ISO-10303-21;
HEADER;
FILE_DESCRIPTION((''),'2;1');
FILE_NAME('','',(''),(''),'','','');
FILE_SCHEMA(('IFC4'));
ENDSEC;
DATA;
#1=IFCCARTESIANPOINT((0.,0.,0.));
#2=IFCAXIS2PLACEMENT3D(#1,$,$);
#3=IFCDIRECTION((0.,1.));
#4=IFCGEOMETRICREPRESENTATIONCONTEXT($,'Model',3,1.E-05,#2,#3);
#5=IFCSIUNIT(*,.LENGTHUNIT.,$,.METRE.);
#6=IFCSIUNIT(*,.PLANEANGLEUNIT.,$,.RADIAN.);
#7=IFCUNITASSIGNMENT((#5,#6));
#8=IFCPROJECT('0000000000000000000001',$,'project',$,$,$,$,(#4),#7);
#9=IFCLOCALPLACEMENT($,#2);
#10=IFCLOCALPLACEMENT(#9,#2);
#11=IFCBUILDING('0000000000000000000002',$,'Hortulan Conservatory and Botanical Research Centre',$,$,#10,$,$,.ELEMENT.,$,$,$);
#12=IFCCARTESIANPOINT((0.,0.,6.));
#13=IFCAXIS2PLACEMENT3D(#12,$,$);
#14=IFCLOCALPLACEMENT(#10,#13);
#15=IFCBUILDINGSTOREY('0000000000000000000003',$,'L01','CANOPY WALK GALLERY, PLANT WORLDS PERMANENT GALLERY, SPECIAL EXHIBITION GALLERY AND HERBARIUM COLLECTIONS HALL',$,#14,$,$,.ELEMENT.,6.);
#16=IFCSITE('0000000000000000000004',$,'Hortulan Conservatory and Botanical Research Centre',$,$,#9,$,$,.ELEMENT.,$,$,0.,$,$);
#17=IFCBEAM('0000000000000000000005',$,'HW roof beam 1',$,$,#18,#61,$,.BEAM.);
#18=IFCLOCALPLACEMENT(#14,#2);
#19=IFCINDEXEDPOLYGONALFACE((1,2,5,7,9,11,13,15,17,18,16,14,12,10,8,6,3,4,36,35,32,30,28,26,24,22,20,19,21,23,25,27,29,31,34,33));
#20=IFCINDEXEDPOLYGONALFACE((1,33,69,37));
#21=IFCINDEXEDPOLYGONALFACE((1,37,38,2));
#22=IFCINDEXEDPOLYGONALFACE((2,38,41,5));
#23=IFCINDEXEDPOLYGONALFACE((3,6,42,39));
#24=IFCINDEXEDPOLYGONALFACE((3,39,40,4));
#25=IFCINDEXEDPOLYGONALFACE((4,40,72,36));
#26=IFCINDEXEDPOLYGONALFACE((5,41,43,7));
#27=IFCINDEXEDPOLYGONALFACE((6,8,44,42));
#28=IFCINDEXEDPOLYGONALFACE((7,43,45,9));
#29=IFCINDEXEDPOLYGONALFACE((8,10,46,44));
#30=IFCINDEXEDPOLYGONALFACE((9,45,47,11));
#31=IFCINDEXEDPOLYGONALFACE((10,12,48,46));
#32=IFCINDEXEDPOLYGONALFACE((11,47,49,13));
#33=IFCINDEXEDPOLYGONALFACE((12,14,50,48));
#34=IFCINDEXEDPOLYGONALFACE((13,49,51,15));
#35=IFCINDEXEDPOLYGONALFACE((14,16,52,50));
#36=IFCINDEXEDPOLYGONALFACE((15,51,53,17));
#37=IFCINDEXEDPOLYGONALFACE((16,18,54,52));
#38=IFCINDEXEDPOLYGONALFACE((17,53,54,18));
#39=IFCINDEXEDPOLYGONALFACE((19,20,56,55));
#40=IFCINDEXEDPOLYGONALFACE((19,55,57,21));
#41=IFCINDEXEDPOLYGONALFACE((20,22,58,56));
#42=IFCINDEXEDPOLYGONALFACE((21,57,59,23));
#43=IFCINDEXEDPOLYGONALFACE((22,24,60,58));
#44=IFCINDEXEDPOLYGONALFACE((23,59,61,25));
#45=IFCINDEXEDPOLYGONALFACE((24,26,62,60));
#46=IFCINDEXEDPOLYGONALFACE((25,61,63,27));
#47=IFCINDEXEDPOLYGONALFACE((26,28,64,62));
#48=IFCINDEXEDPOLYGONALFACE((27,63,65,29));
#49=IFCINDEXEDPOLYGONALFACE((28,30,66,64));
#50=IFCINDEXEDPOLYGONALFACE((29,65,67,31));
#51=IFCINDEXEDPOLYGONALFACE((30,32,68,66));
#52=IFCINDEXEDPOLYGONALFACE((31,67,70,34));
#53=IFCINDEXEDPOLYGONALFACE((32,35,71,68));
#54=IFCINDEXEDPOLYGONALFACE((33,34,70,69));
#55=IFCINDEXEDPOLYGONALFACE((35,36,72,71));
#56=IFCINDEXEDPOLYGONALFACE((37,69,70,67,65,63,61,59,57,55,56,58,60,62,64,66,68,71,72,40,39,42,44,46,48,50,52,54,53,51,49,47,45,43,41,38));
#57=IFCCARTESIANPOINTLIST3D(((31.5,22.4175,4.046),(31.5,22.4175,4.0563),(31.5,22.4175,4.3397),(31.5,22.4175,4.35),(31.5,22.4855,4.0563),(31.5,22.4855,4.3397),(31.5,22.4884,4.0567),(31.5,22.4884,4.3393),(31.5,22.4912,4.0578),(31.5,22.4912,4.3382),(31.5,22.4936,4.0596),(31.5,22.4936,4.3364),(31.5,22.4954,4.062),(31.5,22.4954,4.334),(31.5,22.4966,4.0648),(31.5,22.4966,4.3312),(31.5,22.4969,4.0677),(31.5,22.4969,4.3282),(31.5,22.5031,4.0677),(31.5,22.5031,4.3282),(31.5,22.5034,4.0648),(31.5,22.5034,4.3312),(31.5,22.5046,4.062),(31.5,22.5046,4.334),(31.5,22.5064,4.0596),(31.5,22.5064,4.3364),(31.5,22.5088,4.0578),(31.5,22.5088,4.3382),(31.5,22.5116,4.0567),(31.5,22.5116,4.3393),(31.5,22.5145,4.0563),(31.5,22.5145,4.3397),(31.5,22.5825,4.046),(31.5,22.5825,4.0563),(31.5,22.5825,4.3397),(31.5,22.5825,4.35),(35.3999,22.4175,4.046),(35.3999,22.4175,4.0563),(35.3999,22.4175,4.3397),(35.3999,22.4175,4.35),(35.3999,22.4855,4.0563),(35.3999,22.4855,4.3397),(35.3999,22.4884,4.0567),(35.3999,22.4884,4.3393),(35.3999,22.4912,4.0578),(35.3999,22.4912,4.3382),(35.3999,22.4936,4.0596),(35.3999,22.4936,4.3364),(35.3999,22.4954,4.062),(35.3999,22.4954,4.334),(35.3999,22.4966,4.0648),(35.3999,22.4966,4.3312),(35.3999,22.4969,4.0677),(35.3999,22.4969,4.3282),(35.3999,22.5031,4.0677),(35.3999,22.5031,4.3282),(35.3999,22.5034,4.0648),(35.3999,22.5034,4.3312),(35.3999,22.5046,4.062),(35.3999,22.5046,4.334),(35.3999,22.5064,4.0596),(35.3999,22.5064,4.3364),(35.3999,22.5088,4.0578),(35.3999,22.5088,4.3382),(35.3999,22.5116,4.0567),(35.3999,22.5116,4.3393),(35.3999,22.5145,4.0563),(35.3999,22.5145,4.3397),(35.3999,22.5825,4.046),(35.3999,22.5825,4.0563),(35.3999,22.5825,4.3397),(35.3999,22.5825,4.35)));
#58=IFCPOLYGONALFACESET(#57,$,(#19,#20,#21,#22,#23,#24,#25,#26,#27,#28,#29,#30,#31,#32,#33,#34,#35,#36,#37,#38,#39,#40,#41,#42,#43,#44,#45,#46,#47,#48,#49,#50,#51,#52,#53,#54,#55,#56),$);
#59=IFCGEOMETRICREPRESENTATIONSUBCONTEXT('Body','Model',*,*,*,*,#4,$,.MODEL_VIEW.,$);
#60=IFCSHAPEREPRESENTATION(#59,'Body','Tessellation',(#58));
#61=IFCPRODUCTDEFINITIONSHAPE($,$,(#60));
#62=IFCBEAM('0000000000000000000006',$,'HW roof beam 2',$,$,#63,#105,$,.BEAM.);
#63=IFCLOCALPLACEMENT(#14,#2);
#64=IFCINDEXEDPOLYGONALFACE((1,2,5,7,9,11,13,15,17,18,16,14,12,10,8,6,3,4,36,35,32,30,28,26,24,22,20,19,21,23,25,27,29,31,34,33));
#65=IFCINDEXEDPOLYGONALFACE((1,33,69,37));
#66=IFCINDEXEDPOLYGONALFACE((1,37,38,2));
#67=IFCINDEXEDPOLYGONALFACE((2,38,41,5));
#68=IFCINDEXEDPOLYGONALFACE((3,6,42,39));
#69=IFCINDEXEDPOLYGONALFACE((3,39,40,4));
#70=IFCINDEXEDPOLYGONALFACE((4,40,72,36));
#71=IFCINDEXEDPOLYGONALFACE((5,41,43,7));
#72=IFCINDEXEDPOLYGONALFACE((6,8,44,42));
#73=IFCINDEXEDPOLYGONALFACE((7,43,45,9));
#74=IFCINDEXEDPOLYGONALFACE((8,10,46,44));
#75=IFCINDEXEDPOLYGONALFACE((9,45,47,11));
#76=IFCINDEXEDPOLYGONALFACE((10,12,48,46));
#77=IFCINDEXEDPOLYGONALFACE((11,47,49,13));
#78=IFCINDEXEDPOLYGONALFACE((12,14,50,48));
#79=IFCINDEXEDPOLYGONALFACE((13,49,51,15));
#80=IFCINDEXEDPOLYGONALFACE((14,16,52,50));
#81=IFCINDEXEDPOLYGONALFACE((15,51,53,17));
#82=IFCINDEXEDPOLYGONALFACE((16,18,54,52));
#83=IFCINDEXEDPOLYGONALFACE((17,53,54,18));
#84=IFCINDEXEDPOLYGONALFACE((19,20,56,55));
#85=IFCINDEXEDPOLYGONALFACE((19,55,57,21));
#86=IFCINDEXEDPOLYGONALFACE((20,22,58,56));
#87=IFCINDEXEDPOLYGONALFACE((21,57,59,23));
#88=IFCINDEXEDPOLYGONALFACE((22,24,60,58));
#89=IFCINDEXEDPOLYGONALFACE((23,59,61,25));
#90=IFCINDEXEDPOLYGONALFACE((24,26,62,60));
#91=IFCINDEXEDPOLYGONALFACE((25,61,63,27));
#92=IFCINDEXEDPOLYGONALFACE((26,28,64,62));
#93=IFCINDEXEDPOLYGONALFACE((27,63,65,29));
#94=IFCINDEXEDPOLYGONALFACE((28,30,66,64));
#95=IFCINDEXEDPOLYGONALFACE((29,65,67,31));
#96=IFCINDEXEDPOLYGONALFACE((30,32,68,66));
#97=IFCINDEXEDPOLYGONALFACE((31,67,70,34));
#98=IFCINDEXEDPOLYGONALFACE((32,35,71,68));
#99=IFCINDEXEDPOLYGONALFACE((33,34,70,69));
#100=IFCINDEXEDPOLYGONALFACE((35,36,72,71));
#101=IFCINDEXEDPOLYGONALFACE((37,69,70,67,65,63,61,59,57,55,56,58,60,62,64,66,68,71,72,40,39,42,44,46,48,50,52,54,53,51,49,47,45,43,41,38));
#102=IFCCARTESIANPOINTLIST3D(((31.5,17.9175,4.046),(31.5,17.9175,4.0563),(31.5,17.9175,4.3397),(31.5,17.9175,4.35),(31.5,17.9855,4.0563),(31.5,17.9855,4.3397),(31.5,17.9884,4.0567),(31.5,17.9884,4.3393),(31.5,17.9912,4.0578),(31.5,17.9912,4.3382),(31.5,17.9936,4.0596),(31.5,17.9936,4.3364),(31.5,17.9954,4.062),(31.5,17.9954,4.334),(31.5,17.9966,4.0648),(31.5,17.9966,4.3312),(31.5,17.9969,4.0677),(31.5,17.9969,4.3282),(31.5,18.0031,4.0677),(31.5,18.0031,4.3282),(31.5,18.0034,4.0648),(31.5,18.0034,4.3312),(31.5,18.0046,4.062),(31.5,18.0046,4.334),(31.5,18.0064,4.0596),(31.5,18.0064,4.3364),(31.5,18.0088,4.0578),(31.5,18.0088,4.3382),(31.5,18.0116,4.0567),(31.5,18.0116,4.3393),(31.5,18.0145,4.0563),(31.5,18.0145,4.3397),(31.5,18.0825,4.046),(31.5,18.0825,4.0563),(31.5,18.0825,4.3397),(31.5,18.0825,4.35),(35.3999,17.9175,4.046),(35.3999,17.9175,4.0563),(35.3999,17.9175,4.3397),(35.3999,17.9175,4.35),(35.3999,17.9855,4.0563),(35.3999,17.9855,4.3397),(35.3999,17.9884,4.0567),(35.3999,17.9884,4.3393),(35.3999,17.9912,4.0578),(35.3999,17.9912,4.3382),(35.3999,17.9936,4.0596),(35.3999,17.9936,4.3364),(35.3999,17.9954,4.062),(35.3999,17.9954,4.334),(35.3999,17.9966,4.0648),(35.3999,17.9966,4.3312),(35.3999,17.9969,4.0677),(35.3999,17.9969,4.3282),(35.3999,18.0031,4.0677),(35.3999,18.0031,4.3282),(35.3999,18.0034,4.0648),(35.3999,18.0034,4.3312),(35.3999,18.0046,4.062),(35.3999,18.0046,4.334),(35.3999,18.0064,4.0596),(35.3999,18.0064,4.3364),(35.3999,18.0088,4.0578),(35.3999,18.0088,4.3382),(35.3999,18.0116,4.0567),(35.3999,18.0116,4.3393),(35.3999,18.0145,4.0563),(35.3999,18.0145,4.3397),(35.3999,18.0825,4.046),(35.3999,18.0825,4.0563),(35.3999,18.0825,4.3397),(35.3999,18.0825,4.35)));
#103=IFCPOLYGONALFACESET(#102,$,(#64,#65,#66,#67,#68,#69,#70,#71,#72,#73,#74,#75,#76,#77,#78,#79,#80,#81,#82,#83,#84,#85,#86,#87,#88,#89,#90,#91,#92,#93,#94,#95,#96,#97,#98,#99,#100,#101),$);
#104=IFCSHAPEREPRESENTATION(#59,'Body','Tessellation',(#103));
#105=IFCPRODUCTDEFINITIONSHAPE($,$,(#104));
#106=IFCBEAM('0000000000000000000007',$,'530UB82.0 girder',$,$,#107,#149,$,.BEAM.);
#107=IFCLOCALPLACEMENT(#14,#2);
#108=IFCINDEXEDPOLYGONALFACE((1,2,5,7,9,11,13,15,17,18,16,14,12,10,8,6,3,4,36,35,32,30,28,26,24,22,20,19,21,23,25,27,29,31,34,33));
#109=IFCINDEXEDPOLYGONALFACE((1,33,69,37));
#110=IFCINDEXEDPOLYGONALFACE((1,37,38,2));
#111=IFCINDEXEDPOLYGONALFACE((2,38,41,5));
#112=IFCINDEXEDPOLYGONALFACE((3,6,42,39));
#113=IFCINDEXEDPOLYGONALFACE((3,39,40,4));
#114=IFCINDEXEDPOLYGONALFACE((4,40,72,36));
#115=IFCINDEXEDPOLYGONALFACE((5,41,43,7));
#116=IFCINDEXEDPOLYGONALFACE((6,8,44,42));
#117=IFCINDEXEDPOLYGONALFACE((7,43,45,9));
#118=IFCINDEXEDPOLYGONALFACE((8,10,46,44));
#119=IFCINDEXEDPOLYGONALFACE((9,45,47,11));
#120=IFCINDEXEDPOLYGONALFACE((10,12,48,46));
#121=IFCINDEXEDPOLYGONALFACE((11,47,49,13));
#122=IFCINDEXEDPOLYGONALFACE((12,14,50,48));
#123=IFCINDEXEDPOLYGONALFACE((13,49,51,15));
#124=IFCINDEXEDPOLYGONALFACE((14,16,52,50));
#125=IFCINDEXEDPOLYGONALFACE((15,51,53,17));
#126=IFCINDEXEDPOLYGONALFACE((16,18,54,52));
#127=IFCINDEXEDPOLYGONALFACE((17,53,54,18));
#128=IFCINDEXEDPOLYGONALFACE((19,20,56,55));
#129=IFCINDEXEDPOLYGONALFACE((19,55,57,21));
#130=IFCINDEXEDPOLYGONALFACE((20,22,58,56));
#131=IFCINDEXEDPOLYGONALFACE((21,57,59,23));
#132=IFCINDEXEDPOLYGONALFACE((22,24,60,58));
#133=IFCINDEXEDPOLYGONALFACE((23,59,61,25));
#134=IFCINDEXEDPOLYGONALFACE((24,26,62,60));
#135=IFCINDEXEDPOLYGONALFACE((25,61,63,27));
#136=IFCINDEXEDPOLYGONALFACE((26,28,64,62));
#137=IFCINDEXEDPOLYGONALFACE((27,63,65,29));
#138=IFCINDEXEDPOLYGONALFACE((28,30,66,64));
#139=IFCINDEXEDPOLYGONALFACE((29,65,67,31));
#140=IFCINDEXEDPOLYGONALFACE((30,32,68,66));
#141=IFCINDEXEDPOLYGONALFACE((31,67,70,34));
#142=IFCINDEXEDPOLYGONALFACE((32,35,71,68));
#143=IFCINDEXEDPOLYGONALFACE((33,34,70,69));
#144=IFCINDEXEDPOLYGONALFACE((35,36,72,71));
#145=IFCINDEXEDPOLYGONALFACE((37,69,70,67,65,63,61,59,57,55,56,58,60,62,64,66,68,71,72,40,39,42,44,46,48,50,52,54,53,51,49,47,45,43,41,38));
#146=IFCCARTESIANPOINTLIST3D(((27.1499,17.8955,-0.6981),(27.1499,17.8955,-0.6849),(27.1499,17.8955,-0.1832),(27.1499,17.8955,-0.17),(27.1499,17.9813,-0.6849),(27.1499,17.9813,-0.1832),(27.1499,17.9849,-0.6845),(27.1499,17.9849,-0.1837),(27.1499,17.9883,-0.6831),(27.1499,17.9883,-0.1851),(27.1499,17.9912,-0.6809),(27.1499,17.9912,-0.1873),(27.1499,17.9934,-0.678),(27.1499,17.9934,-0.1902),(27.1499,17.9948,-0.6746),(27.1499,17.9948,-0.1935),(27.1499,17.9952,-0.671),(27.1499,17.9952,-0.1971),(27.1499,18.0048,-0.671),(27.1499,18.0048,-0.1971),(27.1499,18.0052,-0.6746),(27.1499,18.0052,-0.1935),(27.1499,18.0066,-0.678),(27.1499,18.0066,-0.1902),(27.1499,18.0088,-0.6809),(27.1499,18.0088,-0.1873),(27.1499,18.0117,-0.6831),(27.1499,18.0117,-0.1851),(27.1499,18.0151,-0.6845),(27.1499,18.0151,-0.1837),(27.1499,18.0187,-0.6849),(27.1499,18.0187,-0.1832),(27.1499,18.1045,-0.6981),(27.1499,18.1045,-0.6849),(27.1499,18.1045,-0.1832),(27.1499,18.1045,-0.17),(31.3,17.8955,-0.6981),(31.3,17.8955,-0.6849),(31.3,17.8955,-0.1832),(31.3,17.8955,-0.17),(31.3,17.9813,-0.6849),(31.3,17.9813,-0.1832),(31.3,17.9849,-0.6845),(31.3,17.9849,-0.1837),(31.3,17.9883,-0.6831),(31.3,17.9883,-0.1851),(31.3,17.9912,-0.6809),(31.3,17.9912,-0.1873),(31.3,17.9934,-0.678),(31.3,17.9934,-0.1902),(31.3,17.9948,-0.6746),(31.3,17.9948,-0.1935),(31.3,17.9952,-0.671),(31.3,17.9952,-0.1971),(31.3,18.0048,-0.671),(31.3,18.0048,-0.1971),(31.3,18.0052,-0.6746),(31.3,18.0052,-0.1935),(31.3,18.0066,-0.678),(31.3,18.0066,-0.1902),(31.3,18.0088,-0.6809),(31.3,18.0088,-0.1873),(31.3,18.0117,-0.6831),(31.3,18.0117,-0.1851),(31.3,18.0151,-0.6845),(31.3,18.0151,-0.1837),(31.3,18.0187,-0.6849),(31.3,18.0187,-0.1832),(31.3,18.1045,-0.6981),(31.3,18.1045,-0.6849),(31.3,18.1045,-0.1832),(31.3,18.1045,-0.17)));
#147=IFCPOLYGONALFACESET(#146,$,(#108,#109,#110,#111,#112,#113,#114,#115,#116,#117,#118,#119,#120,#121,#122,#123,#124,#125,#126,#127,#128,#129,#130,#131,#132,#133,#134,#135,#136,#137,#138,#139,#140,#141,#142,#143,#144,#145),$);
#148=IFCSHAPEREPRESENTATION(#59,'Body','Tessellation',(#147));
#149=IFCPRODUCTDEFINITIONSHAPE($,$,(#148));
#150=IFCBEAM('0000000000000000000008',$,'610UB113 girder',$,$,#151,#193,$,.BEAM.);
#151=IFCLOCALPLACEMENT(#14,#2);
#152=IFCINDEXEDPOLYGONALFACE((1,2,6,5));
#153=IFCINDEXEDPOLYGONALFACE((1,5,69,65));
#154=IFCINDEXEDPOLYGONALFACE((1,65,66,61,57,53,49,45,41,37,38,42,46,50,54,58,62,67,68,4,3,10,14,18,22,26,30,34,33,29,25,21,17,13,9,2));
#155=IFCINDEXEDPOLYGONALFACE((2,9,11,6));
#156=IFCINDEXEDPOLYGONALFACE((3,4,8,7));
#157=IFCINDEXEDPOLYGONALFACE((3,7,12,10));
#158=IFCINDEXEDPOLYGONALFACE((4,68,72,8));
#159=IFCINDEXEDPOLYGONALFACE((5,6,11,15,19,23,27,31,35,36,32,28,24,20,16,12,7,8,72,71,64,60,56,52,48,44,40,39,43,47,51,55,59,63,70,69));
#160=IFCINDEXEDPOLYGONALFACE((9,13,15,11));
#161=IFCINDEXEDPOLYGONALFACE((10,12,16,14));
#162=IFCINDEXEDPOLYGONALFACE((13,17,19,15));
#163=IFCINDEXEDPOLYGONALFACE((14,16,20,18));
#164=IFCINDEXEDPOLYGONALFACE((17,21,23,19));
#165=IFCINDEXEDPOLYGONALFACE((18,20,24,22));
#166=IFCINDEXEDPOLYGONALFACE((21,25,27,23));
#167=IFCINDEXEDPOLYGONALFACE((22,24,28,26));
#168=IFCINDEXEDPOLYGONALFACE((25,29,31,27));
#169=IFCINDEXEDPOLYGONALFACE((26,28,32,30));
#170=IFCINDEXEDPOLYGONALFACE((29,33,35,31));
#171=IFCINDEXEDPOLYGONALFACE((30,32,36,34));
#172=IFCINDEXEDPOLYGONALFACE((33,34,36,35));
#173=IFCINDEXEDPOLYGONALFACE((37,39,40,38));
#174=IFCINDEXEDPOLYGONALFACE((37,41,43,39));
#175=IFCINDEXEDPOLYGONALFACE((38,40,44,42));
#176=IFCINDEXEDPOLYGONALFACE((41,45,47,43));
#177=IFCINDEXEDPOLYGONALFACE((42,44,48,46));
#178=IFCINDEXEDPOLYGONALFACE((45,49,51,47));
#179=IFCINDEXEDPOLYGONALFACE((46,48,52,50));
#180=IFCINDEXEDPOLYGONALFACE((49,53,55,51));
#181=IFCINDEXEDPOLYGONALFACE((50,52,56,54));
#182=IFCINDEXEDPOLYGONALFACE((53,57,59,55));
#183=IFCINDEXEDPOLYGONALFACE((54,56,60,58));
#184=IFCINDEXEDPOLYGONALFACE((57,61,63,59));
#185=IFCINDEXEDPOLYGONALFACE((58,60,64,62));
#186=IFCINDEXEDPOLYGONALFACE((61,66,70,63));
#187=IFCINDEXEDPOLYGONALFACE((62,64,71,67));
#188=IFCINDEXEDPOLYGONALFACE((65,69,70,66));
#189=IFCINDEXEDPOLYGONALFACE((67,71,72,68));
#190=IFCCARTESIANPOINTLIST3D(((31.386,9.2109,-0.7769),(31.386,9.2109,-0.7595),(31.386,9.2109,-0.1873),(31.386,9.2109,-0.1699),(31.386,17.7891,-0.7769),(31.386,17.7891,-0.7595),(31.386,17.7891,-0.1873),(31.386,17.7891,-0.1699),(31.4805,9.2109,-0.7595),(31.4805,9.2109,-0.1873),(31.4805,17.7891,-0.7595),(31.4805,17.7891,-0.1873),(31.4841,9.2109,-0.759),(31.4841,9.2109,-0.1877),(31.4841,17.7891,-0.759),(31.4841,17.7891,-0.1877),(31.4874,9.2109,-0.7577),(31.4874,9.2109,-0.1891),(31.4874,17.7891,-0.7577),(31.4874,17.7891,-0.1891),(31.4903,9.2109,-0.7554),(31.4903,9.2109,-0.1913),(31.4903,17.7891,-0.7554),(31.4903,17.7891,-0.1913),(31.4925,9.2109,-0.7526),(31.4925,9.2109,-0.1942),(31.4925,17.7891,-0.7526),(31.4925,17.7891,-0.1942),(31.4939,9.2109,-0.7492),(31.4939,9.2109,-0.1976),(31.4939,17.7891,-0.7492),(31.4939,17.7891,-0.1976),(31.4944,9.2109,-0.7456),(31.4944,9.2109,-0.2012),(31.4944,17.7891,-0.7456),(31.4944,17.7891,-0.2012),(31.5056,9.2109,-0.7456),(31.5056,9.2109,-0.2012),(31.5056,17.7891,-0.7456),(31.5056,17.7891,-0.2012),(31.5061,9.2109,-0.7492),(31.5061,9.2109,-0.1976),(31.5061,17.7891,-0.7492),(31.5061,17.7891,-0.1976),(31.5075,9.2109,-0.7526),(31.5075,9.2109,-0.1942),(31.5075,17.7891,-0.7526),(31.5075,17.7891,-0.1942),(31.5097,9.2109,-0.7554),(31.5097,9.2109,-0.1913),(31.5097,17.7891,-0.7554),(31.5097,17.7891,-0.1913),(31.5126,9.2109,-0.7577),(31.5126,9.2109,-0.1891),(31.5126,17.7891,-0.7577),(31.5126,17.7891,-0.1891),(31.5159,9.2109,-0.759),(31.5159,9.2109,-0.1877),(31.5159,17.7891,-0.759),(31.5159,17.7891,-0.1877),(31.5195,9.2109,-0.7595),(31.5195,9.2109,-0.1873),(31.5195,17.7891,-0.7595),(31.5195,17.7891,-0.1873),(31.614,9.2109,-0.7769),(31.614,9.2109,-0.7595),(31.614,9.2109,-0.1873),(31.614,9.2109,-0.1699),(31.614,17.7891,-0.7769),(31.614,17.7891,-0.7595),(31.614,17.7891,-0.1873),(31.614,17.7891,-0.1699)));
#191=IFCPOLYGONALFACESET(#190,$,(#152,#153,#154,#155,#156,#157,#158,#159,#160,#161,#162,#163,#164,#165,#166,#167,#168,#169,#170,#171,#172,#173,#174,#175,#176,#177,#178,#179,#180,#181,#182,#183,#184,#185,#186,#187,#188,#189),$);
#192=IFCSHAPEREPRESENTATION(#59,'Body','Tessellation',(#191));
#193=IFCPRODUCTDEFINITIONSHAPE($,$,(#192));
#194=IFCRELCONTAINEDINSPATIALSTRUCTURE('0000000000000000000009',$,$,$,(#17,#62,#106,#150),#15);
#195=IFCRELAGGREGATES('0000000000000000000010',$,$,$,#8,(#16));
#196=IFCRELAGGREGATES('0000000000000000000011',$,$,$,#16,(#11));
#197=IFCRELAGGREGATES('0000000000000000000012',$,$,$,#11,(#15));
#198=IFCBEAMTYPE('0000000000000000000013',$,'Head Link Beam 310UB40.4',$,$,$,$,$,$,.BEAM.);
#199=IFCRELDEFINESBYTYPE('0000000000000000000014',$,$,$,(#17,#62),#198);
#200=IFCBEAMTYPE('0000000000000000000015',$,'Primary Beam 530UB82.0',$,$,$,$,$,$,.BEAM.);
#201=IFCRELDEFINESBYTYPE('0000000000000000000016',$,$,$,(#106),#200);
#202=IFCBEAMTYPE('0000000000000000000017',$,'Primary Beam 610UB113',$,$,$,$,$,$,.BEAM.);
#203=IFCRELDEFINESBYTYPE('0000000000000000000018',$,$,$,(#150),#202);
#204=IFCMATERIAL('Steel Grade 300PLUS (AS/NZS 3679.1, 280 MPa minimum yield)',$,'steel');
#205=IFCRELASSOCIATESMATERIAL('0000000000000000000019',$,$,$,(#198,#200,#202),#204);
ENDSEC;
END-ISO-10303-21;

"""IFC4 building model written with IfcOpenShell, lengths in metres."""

from ifc_helpers import new_model, si_unit, direction, frame, origin, origin_2d, place, context, subcontext, project, spatial, i_section, extrude, material, material_profile, profile_set, type_object, element, save


model = new_model("IFC4")

# Units and contexts
model_context = context("Model", 3, precision=1e-05, world=origin(), true_north=direction((0.0, 1.0)))
body_context = subcontext(model_context, "Body", "Model", "MODEL_VIEW")
ifc_project = project(units=[si_unit("LENGTHUNIT", "METRE"), si_unit("PLANEANGLEUNIT", "RADIAN")], contexts=[model_context])

# Site, building, storey
site_placement = place(None, origin())
site = spatial("IfcSite", under=ifc_project, at=site_placement, Name="Hortulan Conservatory and Botanical Research Centre", CompositionType="ELEMENT", RefElevation=0.0)
building_placement = place(site_placement, origin())
building = spatial("IfcBuilding", under=site, at=building_placement, Name="Hortulan Conservatory and Botanical Research Centre", CompositionType="ELEMENT")
storey_placement = place(building_placement, frame((0.0, 0.0, 6.0)))
storey = spatial("IfcBuildingStorey", under=building, at=storey_placement, Name="L01", Description="CANOPY WALK GALLERY, PLANT WORLDS PERMANENT GALLERY, SPECIAL EXHIBITION GALLERY AND HERBARIUM COLLECTIONS HALL", CompositionType="ELEMENT", Elevation=6.0)

# Beams
ifc_material_1 = material(Name="Steel Grade 300PLUS (AS/NZS 3679.1, 280 MPa minimum yield)", Category="steel")
ifc_material_profile_1 = material_profile(ifc_material_1, i_section(OverallWidth=0.165, OverallDepth=0.304, WebThickness=0.0061, FlangeThickness=0.0103, FilletRadius=0.0115, at=origin_2d()), Name="310UB40.4")
ifc_profile_set_1 = profile_set([ifc_material_profile_1], Name="Steel Grade 300PLUS (AS/NZS 3679.1, 280 MPa minimum yield)")
beam_type_1 = type_object("IfcBeamType", Name="Head Link Beam 310UB40.4", PredefinedType="BEAM", material=ifc_profile_set_1)
for number, where, z_axis, x_axis, name in (
    (1, (31.5, 22.5, 4.198), (1.0, 0.0, 0.0), (0.0, 1.0, 0.0), "HW roof beam 1"),
    (2, (31.5, 18.0, 4.198), (1.0, 0.0, 0.0), (0.0, 1.0, 0.0), "HW roof beam 2"),
):
    element("IfcBeam", number, at=place(storey_placement, frame(where, z_axis=z_axis, x_axis=x_axis)), inside=storey, type_object=beam_type_1, Name=name, PredefinedType="BEAM", context=body_context, shape_type="SweptSolid", body=[
        extrude(i_section(OverallWidth=0.165, OverallDepth=0.304, WebThickness=0.0061, FlangeThickness=0.0103, FilletRadius=0.0115, at=origin_2d()), origin(), (0.0, 0.0, 1.0), 3.8999),
    ])
ifc_material_profile_2 = material_profile(ifc_material_1, i_section(OverallWidth=0.209, OverallDepth=0.5281, WebThickness=0.0095, FlangeThickness=0.0132, FilletRadius=0.0139, at=origin_2d()), Name="530UB82.0")
ifc_profile_set_2 = profile_set([ifc_material_profile_2], Name="Steel Grade 300PLUS (AS/NZS 3679.1, 280 MPa minimum yield)")
beam_type_2 = type_object("IfcBeamType", Name="Primary Beam 530UB82.0", PredefinedType="BEAM", material=ifc_profile_set_2)
beam_1_placement = place(storey_placement, frame((27.1499, 18.0, -0.4341), z_axis=(1.0, 0.0, 0.0), x_axis=(0.0, 1.0, 0.0)))
element("IfcBeam", 3, at=beam_1_placement, inside=storey, type_object=beam_type_2, Name="530UB82.0 girder", PredefinedType="BEAM", context=body_context, shape_type="SweptSolid", body=[
    extrude(i_section(OverallWidth=0.209, OverallDepth=0.5281, WebThickness=0.0095, FlangeThickness=0.0132, FilletRadius=0.0139, at=origin_2d()), origin(), (0.0, 0.0, 1.0), 4.1501),
])
ifc_material_profile_3 = material_profile(ifc_material_1, i_section(OverallWidth=0.228, OverallDepth=0.6069, WebThickness=0.0112, FlangeThickness=0.0173, FilletRadius=0.0139, at=origin_2d()), Name="610UB113")
ifc_profile_set_3 = profile_set([ifc_material_profile_3], Name="Steel Grade 300PLUS (AS/NZS 3679.1, 280 MPa minimum yield)")
beam_type_3 = type_object("IfcBeamType", Name="Primary Beam 610UB113", PredefinedType="BEAM", material=ifc_profile_set_3)
for number, where, z_axis, x_axis, name in (
    (4, (31.5, 9.2109, -0.4734), (0.0, 1.0, 0.0), (-1.0, 0.0, 0.0), "610UB113 girder"),
):
    element("IfcBeam", number, at=place(storey_placement, frame(where, z_axis=z_axis, x_axis=x_axis)), inside=storey, type_object=beam_type_3, Name=name, PredefinedType="BEAM", context=body_context, shape_type="SweptSolid", body=[
        extrude(i_section(OverallWidth=0.228, OverallDepth=0.6069, WebThickness=0.0112, FlangeThickness=0.0173, FilletRadius=0.0139, at=origin_2d()), origin(), (0.0, 0.0, 1.0), 8.5781),
    ])

save(model, "model.ifc")
